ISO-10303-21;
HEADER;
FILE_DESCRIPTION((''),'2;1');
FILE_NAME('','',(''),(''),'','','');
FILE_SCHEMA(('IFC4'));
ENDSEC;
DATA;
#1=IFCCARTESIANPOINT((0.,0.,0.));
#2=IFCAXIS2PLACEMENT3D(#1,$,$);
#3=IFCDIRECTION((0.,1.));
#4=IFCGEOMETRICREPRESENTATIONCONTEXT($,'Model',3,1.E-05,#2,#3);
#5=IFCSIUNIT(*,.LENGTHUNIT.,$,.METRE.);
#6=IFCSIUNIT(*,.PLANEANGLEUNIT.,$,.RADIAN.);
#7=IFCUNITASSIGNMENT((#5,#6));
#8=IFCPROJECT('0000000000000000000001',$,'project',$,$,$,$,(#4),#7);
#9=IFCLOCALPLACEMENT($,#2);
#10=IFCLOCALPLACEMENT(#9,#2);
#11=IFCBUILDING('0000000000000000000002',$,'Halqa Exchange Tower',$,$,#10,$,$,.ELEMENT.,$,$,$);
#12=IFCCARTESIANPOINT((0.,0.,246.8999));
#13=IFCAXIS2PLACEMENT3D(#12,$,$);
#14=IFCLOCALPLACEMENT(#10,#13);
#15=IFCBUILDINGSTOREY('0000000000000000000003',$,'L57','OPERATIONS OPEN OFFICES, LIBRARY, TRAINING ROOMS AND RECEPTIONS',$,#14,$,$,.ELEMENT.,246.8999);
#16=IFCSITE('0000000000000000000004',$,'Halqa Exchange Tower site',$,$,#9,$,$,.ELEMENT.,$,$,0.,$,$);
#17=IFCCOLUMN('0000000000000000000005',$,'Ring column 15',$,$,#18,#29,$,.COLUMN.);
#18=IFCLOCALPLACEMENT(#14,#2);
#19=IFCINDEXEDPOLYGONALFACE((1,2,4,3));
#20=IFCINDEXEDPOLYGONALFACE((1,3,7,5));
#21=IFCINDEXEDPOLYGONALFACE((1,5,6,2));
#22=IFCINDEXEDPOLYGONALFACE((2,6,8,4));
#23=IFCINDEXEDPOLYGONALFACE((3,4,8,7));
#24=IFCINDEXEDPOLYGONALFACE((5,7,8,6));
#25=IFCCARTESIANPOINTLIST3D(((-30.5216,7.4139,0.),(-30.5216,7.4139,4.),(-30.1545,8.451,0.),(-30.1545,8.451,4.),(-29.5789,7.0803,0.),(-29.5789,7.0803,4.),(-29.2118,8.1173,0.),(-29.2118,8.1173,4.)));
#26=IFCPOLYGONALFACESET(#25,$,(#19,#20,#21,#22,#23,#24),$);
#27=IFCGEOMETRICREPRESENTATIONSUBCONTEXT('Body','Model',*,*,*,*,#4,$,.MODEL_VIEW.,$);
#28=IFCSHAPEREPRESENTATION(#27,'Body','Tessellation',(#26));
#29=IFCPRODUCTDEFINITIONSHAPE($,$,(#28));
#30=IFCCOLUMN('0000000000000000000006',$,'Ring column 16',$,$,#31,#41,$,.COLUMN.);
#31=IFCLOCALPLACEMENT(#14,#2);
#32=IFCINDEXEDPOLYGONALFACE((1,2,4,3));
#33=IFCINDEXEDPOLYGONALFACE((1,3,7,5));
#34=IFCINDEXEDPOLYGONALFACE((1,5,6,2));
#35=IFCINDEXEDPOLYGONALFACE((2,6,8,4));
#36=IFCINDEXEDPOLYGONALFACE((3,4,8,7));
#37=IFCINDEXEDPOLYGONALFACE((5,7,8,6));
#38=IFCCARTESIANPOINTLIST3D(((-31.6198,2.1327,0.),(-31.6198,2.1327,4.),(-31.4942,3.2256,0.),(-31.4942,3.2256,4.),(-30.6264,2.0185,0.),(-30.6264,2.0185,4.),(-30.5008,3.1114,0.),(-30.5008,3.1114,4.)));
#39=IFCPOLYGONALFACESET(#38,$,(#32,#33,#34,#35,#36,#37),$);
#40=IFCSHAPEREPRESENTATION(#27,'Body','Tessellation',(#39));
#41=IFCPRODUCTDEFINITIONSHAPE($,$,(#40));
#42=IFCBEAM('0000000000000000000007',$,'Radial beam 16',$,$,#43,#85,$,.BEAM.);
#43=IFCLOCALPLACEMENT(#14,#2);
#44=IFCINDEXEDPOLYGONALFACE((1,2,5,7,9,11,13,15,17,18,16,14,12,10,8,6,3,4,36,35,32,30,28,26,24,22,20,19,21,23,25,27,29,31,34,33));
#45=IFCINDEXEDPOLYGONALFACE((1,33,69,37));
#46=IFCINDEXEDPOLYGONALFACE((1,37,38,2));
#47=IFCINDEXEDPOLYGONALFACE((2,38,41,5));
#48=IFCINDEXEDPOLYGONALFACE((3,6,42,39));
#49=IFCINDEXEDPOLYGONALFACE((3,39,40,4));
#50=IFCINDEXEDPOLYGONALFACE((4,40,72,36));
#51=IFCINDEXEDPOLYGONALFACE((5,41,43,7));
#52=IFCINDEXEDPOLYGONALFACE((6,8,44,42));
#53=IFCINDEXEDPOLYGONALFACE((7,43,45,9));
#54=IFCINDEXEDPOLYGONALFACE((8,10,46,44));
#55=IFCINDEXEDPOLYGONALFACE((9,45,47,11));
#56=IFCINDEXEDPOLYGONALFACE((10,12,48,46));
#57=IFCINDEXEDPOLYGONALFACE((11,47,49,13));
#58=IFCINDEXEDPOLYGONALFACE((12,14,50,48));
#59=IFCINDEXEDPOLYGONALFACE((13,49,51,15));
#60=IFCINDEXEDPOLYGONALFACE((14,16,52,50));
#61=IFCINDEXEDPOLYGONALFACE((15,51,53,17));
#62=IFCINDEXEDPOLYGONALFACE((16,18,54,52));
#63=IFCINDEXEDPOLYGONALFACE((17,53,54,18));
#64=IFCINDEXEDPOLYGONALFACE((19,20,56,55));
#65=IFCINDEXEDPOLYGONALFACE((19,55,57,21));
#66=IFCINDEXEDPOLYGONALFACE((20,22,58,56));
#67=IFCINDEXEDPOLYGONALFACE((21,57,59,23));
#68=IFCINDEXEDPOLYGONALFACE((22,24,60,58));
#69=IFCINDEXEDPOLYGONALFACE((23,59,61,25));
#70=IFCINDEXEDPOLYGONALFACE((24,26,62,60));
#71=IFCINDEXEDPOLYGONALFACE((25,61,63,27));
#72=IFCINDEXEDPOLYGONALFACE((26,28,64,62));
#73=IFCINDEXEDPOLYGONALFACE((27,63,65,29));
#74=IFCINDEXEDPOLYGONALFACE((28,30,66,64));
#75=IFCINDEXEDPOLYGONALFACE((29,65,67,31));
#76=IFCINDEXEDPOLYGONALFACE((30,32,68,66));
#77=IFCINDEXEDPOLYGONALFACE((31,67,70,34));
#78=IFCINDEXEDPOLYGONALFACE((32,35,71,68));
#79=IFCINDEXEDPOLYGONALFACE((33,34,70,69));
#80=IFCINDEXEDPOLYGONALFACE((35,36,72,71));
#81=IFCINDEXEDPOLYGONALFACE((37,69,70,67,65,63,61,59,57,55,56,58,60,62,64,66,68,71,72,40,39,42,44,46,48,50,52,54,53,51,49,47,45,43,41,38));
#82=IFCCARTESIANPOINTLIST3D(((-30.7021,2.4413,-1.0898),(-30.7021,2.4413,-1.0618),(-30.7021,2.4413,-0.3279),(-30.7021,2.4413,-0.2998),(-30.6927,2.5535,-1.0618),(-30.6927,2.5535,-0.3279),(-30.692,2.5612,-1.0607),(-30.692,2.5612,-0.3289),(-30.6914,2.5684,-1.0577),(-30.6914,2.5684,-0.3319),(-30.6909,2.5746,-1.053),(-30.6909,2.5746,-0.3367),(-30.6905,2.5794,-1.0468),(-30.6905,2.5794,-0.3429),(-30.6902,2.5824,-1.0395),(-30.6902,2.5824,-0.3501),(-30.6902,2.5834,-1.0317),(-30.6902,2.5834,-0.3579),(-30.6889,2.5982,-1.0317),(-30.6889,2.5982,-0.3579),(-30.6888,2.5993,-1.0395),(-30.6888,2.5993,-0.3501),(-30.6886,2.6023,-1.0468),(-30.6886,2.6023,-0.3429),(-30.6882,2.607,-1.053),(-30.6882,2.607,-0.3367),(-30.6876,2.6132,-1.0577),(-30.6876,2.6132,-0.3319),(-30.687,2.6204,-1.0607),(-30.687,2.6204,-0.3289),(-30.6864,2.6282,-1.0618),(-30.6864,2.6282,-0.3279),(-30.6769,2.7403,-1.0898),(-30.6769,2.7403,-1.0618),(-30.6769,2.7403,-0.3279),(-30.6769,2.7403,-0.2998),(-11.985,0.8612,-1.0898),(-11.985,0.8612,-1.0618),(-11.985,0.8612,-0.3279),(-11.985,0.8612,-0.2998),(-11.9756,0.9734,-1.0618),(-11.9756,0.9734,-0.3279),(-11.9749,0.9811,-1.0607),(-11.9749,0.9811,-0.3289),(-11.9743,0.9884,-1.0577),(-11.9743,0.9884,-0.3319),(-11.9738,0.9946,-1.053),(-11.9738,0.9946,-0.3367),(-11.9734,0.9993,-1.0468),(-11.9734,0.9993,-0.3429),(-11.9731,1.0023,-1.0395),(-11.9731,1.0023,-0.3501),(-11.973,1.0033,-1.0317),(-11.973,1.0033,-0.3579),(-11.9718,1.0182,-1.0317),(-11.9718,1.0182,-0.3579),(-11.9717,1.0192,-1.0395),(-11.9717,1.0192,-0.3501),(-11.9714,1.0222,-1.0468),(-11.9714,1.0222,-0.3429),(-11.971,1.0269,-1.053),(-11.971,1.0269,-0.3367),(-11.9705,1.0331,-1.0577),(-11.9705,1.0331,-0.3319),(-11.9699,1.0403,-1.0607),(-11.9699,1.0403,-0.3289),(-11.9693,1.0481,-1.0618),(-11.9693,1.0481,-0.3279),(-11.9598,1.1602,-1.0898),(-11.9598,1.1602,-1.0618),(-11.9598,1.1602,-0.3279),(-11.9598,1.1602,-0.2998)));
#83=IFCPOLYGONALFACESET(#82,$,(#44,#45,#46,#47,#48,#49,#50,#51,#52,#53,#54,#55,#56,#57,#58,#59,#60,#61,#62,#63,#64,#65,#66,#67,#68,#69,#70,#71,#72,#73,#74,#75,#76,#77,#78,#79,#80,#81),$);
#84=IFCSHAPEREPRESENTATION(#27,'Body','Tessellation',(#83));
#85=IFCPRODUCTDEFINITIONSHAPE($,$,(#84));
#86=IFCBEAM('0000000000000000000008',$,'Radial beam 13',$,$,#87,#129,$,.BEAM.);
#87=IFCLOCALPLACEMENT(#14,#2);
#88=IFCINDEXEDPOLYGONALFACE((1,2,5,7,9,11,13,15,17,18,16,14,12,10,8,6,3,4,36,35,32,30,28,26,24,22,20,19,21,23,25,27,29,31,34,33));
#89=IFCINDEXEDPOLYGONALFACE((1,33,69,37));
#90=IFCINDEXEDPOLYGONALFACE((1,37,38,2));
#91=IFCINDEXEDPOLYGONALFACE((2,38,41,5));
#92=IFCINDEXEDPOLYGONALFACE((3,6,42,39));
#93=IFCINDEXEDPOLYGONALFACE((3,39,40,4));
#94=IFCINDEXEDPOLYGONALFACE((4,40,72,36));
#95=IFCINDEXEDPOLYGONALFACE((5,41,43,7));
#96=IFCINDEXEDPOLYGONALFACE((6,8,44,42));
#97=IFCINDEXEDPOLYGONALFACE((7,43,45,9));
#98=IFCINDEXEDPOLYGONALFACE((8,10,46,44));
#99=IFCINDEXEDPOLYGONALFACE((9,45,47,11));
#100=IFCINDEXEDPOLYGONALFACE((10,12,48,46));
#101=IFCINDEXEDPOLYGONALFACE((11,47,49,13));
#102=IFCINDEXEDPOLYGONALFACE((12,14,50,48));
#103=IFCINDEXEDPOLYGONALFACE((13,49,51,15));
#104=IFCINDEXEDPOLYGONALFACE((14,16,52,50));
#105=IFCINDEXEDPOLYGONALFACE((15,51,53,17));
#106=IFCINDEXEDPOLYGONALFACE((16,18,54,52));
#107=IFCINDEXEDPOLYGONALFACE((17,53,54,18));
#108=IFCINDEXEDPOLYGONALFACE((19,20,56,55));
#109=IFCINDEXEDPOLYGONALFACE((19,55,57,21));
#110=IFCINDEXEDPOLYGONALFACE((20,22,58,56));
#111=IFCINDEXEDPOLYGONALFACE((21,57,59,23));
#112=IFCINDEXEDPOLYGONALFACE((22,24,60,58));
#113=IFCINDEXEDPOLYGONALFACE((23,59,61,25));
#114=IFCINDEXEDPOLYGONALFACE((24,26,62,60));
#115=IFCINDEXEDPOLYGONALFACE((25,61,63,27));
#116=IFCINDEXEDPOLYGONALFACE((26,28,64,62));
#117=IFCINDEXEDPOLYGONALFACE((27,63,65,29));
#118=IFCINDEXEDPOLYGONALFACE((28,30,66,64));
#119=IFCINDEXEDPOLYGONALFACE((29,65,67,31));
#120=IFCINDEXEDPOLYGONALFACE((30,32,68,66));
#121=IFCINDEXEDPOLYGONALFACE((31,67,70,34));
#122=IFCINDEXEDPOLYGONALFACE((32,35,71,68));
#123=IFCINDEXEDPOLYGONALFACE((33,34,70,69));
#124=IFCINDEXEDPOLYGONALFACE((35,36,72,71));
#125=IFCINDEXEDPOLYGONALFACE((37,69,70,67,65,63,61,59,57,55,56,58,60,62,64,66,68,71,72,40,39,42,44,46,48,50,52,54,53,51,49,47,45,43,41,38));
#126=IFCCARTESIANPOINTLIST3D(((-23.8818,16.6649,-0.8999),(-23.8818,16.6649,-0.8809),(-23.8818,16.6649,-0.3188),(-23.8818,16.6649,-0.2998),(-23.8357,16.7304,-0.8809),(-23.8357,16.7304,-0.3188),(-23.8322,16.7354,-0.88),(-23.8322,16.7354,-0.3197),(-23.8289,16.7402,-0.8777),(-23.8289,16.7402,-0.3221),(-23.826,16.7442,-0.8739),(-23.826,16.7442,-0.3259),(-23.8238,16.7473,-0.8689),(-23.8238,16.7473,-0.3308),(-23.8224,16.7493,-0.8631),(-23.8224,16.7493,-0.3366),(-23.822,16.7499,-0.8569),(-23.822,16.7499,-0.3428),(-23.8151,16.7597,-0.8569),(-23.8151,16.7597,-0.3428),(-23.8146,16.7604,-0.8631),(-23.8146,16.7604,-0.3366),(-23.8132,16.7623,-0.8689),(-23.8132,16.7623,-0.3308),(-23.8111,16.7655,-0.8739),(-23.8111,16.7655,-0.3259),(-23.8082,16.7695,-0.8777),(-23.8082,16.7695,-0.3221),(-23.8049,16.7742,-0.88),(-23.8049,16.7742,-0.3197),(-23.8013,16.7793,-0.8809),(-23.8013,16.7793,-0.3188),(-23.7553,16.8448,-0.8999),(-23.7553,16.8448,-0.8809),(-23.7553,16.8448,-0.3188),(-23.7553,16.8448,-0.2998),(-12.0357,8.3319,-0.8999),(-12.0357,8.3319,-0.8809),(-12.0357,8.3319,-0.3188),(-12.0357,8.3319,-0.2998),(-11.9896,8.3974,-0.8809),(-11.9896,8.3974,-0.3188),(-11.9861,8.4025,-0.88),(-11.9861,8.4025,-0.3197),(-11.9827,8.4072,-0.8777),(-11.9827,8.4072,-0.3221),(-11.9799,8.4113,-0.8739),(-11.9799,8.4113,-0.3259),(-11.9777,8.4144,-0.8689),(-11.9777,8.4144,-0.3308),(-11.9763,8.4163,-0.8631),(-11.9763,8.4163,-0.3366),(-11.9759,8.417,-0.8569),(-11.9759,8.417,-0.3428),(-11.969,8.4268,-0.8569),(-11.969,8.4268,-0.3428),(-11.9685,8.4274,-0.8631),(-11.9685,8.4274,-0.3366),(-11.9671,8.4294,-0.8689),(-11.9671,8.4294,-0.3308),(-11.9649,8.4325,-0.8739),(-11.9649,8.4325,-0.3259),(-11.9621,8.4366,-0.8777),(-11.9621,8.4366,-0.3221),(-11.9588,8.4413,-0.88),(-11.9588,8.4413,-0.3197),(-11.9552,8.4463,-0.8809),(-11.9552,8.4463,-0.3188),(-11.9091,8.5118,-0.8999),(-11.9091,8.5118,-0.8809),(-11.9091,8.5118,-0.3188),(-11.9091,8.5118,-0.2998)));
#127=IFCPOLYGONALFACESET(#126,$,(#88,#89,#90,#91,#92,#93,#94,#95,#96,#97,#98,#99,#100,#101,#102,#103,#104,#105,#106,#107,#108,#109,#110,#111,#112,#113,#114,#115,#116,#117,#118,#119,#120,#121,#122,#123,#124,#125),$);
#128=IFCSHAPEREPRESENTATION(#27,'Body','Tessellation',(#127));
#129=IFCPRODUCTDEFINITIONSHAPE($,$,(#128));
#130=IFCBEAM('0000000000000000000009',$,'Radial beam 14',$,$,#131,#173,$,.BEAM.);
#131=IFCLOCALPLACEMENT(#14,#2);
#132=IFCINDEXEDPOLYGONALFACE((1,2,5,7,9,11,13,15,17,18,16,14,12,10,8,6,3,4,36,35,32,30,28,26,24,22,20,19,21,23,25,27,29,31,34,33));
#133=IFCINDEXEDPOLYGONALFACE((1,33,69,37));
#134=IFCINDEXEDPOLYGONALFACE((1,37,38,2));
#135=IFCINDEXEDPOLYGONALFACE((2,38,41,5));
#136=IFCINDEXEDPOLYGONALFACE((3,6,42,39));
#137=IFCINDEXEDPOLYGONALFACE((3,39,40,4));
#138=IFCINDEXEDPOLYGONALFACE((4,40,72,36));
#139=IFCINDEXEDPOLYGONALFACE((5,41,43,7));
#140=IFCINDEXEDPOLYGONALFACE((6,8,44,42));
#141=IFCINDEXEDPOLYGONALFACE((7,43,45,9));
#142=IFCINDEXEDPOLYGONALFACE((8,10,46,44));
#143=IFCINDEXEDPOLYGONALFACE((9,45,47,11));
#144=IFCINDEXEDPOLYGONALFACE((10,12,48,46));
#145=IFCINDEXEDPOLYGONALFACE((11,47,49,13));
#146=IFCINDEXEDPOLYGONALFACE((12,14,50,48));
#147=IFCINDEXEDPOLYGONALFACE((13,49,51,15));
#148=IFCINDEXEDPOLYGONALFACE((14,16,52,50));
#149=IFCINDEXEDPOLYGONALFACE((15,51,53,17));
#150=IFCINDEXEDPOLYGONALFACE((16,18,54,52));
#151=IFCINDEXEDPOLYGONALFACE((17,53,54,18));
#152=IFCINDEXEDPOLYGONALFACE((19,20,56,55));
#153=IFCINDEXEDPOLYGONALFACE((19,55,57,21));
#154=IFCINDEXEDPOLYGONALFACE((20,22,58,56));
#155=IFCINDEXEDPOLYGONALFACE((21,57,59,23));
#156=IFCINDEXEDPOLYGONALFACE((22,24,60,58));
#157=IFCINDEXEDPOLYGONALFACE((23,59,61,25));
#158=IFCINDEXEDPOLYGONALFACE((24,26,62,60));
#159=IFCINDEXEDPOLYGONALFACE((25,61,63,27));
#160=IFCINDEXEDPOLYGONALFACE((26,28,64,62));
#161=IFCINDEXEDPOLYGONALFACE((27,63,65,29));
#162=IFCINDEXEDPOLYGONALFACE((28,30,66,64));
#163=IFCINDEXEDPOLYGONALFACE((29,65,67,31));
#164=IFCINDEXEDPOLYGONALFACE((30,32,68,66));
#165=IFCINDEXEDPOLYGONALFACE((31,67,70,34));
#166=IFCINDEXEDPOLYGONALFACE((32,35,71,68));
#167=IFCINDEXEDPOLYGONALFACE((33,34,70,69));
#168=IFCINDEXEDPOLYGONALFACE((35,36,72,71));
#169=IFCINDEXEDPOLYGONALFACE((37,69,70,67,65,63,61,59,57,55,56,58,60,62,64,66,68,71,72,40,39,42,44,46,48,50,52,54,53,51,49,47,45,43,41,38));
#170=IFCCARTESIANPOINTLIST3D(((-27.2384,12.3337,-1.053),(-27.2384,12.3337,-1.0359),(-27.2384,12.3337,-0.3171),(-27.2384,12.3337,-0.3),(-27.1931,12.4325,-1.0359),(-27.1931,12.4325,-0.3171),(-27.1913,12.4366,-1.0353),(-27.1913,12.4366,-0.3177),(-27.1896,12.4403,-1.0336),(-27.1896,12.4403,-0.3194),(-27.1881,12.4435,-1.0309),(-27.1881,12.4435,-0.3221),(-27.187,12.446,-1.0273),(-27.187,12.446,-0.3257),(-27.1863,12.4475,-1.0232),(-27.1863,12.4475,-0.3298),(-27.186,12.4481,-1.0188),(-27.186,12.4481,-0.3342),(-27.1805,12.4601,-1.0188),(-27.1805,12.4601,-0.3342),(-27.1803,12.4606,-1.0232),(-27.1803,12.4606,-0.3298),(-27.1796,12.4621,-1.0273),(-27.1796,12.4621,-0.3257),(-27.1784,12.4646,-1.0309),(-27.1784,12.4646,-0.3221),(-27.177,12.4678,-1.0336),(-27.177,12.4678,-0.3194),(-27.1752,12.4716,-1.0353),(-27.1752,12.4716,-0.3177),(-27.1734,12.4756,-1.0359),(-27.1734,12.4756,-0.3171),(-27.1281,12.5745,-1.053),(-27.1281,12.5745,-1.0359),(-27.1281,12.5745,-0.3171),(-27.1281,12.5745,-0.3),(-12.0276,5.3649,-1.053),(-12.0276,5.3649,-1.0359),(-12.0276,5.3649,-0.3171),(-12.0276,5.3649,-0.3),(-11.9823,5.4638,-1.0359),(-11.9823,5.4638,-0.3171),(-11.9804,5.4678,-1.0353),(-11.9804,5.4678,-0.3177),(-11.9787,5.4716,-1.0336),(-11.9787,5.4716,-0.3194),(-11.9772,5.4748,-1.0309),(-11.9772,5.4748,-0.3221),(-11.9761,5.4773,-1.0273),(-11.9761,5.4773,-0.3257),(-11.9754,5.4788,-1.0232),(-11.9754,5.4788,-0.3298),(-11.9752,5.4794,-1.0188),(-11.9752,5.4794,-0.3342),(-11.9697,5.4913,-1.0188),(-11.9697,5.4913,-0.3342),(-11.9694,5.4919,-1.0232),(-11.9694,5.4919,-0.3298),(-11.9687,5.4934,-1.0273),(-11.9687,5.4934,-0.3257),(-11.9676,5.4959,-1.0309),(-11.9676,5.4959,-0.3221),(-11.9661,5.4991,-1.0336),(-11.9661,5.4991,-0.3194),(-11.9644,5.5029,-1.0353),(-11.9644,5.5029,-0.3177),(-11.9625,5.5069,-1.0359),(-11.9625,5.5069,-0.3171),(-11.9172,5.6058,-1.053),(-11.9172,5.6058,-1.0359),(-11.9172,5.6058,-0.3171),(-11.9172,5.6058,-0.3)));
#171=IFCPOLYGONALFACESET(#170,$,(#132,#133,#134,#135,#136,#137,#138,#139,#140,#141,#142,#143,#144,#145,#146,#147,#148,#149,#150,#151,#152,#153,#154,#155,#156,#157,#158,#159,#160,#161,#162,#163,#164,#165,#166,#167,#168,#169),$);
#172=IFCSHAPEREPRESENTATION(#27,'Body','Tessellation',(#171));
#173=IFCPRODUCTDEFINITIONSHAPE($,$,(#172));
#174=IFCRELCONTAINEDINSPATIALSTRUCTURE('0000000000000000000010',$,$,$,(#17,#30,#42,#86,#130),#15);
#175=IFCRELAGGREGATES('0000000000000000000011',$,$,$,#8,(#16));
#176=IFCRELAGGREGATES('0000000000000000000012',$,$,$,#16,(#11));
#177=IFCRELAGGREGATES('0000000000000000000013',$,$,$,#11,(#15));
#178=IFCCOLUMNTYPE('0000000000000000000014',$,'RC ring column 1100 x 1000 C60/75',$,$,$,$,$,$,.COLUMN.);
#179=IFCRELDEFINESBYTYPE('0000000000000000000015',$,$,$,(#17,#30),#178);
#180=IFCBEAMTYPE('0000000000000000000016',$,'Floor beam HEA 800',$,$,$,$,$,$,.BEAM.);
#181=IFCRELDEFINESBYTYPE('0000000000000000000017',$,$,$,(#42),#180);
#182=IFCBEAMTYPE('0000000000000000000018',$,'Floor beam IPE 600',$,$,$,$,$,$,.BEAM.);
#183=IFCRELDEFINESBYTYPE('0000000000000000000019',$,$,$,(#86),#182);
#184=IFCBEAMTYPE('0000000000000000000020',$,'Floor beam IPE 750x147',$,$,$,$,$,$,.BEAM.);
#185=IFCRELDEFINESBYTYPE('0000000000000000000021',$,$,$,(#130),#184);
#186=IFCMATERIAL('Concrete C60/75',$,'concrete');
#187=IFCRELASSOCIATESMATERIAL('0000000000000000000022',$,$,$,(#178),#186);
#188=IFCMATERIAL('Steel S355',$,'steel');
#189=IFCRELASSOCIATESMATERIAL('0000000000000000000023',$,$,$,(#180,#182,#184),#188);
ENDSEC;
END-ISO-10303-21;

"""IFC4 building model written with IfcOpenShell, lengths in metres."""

from ifc_helpers import new_model, si_unit, direction, frame, origin, origin_2d, place, context, subcontext, project, spatial, rectangle, i_section, extrude, material, material_profile, profile_set, type_object, element, save


model = new_model("IFC4")

# Units and contexts
model_context = context("Model", 3, precision=1e-05, world=origin(), true_north=direction((0.0, 1.0)))
body_context = subcontext(model_context, "Body", "Model", "MODEL_VIEW")
ifc_project = project(units=[si_unit("LENGTHUNIT", "METRE"), si_unit("PLANEANGLEUNIT", "RADIAN")], contexts=[model_context])

# Site, building, storey
site_placement = place(None, origin())
site = spatial("IfcSite", under=ifc_project, at=site_placement, Name="Halqa Exchange Tower site", CompositionType="ELEMENT", RefElevation=0.0)
building_placement = place(site_placement, origin())
building = spatial("IfcBuilding", under=site, at=building_placement, Name="Halqa Exchange Tower", CompositionType="ELEMENT")
storey_placement = place(building_placement, frame((0.0, 0.0, 246.8999)))
storey = spatial("IfcBuildingStorey", under=building, at=storey_placement, Name="L57", Description="OPERATIONS OPEN OFFICES, LIBRARY, TRAINING ROOMS AND RECEPTIONS", CompositionType="ELEMENT", Elevation=246.8999)

# Columns
ifc_material_1 = material(Name="Concrete C60/75", Category="concrete")
ifc_material_profile_1 = material_profile(ifc_material_1, rectangle(XDim=1.1001, YDim=1.0, at=origin_2d()), Name="1100 x 1000")
ifc_profile_set_1 = profile_set([ifc_material_profile_1], Name="Concrete C60/75")
column_type = type_object("IfcColumnType", Name="RC ring column 1100 x 1000 C60/75", PredefinedType="COLUMN", material=ifc_profile_set_1)
for number, where, z_axis, x_axis, name in (
    (1, (-29.8667, 7.7656, 0.0), (0.0, 0.0, 1.0), (-0.333624, -0.942706, 0.0), "Ring column 15"),
    (2, (-31.0603, 2.6221, 0.0), (0.0, 0.0, 1.0), (-0.114153, -0.993463, 0.0), "Ring column 16"),
):
    element("IfcColumn", number, at=place(storey_placement, frame(where, z_axis=z_axis, x_axis=x_axis)), inside=storey, type_object=column_type, Name=name, PredefinedType="COLUMN", context=body_context, shape_type="SweptSolid", body=[
        extrude(rectangle(XDim=1.1001, YDim=1.0, at=origin_2d()), origin(), (0.0, 0.0, 1.0), 4.0),
    ])

# Beams
ifc_material_2 = material(Name="Steel S355", Category="steel")
ifc_material_profile_2 = material_profile(ifc_material_2, i_section(OverallWidth=0.3, OverallDepth=0.79, WebThickness=0.0149, FlangeThickness=0.0281, FilletRadius=0.03, at=origin_2d()), Name="HEA 800")
ifc_profile_set_2 = profile_set([ifc_material_profile_2], Name="Steel S355")
beam_type_1 = type_object("IfcBeamType", Name="Floor beam HEA 800", PredefinedType="BEAM", material=ifc_profile_set_2)
beam_1_placement = place(storey_placement, frame((-11.9724, 1.0107, -0.6948), z_axis=(-0.996456, 0.08412, 0.0), x_axis=(-0.08412, -0.996456, 0.0)))
element("IfcBeam", 3, at=beam_1_placement, inside=storey, type_object=beam_type_1, Name="Radial beam 16", PredefinedType="BEAM", context=body_context, shape_type="SweptSolid", body=[
    extrude(i_section(OverallWidth=0.3, OverallDepth=0.79, WebThickness=0.0149, FlangeThickness=0.0281, FilletRadius=0.03, at=origin_2d()), origin(), (0.0, 0.0, 1.0), 18.7837),
])
ifc_material_profile_3 = material_profile(ifc_material_2, i_section(OverallWidth=0.22, OverallDepth=0.6001, WebThickness=0.012, FlangeThickness=0.019, FilletRadius=0.0239, at=origin_2d()), Name="IPE 600")
ifc_profile_set_3 = profile_set([ifc_material_profile_3], Name="Steel S355")
beam_type_2 = type_object("IfcBeamType", Name="Floor beam IPE 600", PredefinedType="BEAM", material=ifc_profile_set_3)
beam_2_placement = place(storey_placement, frame((-11.9724, 8.4219, -0.5999), z_axis=(-0.81791, 0.575346, 0.0), x_axis=(-0.575346, -0.81791, 0.0)))
element("IfcBeam", 4, at=beam_2_placement, inside=storey, type_object=beam_type_2, Name="Radial beam 13", PredefinedType="BEAM", context=body_context, shape_type="SweptSolid", body=[
    extrude(i_section(OverallWidth=0.22, OverallDepth=0.6001, WebThickness=0.012, FlangeThickness=0.019, FilletRadius=0.0239, at=origin_2d()), origin(), (0.0, 0.0, 1.0), 14.4834),
])
ifc_material_profile_4 = material_profile(ifc_material_2, i_section(OverallWidth=0.2649, OverallDepth=0.7529, WebThickness=0.0132, FlangeThickness=0.0171, FilletRadius=0.0171, at=origin_2d()), Name="IPE 750x147")
ifc_profile_set_4 = profile_set([ifc_material_profile_4], Name="Steel S355")
beam_type_3 = type_object("IfcBeamType", Name="Floor beam IPE 750x147", PredefinedType="BEAM", material=ifc_profile_set_4)
beam_3_placement = place(storey_placement, frame((-11.9724, 5.4854, -0.6765), z_axis=(-0.909131, 0.41651, 0.0), x_axis=(-0.41651, -0.909131, 0.0)))
element("IfcBeam", 5, at=beam_3_placement, inside=storey, type_object=beam_type_3, Name="Radial beam 14", PredefinedType="BEAM", context=body_context, shape_type="SweptSolid", body=[
    extrude(i_section(OverallWidth=0.2649, OverallDepth=0.7529, WebThickness=0.0132, FlangeThickness=0.0171, FilletRadius=0.0171, at=origin_2d()), origin(), (0.0, 0.0, 1.0), 16.7312),
])

save(model, "model.ifc")
